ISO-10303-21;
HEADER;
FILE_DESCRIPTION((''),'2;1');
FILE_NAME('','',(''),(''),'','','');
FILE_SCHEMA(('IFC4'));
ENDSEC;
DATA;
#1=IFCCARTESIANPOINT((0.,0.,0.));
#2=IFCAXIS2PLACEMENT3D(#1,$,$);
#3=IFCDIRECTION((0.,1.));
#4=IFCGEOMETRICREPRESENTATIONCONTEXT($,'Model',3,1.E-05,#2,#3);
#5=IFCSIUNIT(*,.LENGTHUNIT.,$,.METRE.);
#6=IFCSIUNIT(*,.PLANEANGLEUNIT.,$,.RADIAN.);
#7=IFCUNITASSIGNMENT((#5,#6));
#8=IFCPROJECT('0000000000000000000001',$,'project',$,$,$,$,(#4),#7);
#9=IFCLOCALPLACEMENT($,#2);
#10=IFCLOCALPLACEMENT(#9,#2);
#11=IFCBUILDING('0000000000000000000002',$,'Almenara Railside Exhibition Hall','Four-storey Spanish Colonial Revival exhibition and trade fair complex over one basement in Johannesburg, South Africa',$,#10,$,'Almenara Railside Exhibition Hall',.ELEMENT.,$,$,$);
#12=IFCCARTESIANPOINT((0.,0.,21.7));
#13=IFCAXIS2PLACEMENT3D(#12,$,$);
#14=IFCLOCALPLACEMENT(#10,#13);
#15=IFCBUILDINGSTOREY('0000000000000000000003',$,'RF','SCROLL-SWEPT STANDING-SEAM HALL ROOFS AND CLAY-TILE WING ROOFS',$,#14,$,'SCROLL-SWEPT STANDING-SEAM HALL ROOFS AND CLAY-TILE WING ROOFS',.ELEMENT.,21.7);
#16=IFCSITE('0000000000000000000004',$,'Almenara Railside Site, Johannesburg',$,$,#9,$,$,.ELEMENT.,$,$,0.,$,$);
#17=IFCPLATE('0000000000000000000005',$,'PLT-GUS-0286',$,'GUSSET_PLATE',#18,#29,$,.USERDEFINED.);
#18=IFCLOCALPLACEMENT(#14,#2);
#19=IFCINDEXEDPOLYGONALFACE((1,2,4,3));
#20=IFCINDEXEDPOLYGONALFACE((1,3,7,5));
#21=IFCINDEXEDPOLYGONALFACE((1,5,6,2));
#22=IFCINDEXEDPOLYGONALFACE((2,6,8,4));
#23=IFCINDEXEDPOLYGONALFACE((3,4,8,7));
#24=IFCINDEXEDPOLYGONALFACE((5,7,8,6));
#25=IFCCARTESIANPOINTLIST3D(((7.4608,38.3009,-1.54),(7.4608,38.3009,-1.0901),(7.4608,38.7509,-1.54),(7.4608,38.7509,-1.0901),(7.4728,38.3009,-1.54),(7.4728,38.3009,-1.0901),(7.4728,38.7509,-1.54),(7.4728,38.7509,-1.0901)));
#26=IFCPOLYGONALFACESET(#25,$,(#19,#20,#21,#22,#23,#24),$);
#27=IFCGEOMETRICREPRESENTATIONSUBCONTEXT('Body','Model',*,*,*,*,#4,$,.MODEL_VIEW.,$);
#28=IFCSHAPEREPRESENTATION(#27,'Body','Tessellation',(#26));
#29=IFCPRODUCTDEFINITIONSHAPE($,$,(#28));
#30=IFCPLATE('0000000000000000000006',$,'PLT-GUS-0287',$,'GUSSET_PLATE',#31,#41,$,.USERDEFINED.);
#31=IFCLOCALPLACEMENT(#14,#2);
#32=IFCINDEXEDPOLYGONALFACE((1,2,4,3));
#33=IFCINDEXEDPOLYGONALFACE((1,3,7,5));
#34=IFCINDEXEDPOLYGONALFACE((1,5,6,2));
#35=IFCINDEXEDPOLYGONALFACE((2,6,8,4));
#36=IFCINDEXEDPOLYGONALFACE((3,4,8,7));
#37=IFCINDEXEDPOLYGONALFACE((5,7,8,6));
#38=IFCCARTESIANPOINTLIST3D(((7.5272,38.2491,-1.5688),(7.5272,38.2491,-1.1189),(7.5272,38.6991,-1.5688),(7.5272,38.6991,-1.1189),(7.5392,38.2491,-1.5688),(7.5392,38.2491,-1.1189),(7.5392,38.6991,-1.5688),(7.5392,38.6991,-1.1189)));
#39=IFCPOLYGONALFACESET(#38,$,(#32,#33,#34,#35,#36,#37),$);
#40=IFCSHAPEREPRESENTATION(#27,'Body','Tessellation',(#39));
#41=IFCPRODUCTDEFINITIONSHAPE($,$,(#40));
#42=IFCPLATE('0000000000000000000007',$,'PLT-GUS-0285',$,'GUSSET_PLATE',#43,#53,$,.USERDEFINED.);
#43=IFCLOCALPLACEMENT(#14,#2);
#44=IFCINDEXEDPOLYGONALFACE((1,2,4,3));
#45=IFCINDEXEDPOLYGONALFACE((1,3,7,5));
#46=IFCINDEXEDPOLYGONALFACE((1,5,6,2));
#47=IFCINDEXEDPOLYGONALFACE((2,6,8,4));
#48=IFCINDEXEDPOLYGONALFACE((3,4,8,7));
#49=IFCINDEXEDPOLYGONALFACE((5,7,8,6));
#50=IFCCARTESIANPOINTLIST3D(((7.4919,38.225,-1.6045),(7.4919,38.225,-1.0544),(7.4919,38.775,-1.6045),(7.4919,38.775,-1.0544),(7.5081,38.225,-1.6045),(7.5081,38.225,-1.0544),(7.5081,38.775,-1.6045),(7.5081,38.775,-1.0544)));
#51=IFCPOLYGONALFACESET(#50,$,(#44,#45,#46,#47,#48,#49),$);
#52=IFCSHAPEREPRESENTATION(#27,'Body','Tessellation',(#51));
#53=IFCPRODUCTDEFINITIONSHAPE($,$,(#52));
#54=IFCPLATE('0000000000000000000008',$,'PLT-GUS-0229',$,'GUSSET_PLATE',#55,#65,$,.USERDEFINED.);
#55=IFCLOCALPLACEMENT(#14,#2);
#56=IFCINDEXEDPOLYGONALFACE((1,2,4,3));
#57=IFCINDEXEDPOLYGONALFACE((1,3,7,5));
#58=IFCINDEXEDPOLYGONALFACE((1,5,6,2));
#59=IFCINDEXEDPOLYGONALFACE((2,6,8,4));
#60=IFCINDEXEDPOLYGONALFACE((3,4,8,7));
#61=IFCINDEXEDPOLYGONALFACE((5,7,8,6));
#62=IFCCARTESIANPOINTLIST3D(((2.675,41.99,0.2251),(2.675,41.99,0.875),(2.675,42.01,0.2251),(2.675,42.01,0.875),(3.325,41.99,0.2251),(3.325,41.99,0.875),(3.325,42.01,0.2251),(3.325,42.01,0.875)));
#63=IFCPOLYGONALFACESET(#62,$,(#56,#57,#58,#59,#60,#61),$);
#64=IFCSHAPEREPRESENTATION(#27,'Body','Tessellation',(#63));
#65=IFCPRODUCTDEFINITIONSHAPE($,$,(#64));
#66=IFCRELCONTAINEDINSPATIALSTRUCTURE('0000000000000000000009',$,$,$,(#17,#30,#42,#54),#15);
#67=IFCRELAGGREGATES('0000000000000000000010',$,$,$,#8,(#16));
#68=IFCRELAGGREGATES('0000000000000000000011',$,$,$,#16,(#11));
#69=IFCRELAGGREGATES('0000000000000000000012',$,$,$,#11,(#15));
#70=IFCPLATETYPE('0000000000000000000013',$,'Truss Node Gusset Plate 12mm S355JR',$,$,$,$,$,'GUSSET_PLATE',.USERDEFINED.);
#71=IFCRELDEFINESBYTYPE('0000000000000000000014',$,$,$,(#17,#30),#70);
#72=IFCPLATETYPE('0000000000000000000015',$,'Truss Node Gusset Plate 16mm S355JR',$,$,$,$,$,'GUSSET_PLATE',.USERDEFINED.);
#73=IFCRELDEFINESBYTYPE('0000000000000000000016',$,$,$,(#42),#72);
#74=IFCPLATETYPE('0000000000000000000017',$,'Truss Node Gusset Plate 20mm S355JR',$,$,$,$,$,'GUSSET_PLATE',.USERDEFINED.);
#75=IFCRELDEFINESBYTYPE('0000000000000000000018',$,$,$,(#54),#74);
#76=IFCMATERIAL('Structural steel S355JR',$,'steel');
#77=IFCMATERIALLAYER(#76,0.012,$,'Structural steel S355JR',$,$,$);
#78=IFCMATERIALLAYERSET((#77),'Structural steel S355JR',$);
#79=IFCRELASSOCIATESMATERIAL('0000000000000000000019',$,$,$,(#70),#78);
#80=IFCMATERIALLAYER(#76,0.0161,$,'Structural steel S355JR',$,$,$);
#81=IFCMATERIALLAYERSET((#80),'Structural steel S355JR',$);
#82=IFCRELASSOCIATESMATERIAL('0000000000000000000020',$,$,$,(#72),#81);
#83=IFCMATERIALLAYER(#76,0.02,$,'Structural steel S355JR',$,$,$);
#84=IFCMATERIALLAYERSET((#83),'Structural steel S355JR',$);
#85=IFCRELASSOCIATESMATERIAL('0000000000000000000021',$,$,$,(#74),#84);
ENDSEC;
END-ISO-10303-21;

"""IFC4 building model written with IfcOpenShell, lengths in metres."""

from ifc_helpers import new_model, si_unit, direction, frame, origin, origin_2d, place, context, subcontext, project, spatial, rectangle, extrude, material, layer, layer_set, type_object, element, save


model = new_model("IFC4")

# Units and contexts
model_context = context("Model", 3, precision=1e-05, world=origin(), true_north=direction((0.0, 1.0)))
body_context = subcontext(model_context, "Body", "Model", "MODEL_VIEW")
ifc_project = project(units=[si_unit("LENGTHUNIT", "METRE"), si_unit("PLANEANGLEUNIT", "RADIAN")], contexts=[model_context])

# Site, building, storey
site_placement = place(None, origin())
site = spatial("IfcSite", under=ifc_project, at=site_placement, Name="Almenara Railside Site, Johannesburg", CompositionType="ELEMENT", RefElevation=0.0)
building_placement = place(site_placement, origin())
building = spatial("IfcBuilding", under=site, at=building_placement, Name="Almenara Railside Exhibition Hall", Description="Four-storey Spanish Colonial Revival exhibition and trade fair complex over one basement in Johannesburg, South Africa", LongName="Almenara Railside Exhibition Hall", CompositionType="ELEMENT")
storey_placement = place(building_placement, frame((0.0, 0.0, 21.7)))
storey = spatial("IfcBuildingStorey", under=building, at=storey_placement, Name="RF", Description="SCROLL-SWEPT STANDING-SEAM HALL ROOFS AND CLAY-TILE WING ROOFS", LongName="SCROLL-SWEPT STANDING-SEAM HALL ROOFS AND CLAY-TILE WING ROOFS", CompositionType="ELEMENT", Elevation=21.7)

# Shared definitions
ifc_material_1 = material(Name="Structural steel S355JR", Category="steel")

# Plates
ifc_layer_1 = layer(ifc_material_1, 0.012, Name="Structural steel S355JR")
ifc_layer_set_1 = layer_set([ifc_layer_1], Name="Structural steel S355JR")
plate_type_1 = type_object("IfcPlateType", Name="Truss Node Gusset Plate 12mm S355JR", ElementType="GUSSET_PLATE", PredefinedType="USERDEFINED", material=ifc_layer_set_1)
for number, where, z_axis, x_axis, name in (
    (1, (7.4668, 38.5259, -1.54), (0.0, 0.0, 1.0), (0.0, 1.0, 0.0), "PLT-GUS-0286"),
    (2, (7.5332, 38.4741, -1.5688), (0.0, 0.0, 1.0), (0.0, 1.0, 0.0), "PLT-GUS-0287"),
):
    element("IfcPlate", number, at=place(storey_placement, frame(where, z_axis=z_axis, x_axis=x_axis)), inside=storey, type_object=plate_type_1, Name=name, ObjectType="GUSSET_PLATE", PredefinedType="USERDEFINED", context=body_context, shape_type="SweptSolid", body=[
        extrude(rectangle(XDim=0.45, YDim=0.012, at=origin_2d()), origin(), (0.0, 0.0, 1.0), 0.45),
    ])
ifc_layer_2 = layer(ifc_material_1, 0.0161, Name="Structural steel S355JR")
ifc_layer_set_2 = layer_set([ifc_layer_2], Name="Structural steel S355JR")
plate_type_2 = type_object("IfcPlateType", Name="Truss Node Gusset Plate 16mm S355JR", ElementType="GUSSET_PLATE", PredefinedType="USERDEFINED", material=ifc_layer_set_2)
plate_1_placement = place(storey_placement, frame((7.5, 38.5, -1.6045), z_axis=(0.0, 0.0, 1.0), x_axis=(0.0, 1.0, 0.0)))
element("IfcPlate", 3, at=plate_1_placement, inside=storey, type_object=plate_type_2, Name="PLT-GUS-0285", ObjectType="GUSSET_PLATE", PredefinedType="USERDEFINED", context=body_context, shape_type="SweptSolid", body=[
    extrude(rectangle(XDim=0.55, YDim=0.0161, at=origin_2d()), origin(), (0.0, 0.0, 1.0), 0.55),
])
ifc_layer_3 = layer(ifc_material_1, 0.02, Name="Structural steel S355JR")
ifc_layer_set_3 = layer_set([ifc_layer_3], Name="Structural steel S355JR")
plate_type_3 = type_object("IfcPlateType", Name="Truss Node Gusset Plate 20mm S355JR", ElementType="GUSSET_PLATE", PredefinedType="USERDEFINED", material=ifc_layer_set_3)
plate_2_placement = place(storey_placement, frame((3.0, 42.0, 0.2251), z_axis=(0.0, 0.0, 1.0), x_axis=(1.0, 0.0, 0.0)))
element("IfcPlate", 4, at=plate_2_placement, inside=storey, type_object=plate_type_3, Name="PLT-GUS-0229", ObjectType="GUSSET_PLATE", PredefinedType="USERDEFINED", context=body_context, shape_type="SweptSolid", body=[
    extrude(rectangle(XDim=0.6499, YDim=0.02, at=origin_2d()), origin(), (0.0, 0.0, 1.0), 0.6499),
])

save(model, "model.ifc")
